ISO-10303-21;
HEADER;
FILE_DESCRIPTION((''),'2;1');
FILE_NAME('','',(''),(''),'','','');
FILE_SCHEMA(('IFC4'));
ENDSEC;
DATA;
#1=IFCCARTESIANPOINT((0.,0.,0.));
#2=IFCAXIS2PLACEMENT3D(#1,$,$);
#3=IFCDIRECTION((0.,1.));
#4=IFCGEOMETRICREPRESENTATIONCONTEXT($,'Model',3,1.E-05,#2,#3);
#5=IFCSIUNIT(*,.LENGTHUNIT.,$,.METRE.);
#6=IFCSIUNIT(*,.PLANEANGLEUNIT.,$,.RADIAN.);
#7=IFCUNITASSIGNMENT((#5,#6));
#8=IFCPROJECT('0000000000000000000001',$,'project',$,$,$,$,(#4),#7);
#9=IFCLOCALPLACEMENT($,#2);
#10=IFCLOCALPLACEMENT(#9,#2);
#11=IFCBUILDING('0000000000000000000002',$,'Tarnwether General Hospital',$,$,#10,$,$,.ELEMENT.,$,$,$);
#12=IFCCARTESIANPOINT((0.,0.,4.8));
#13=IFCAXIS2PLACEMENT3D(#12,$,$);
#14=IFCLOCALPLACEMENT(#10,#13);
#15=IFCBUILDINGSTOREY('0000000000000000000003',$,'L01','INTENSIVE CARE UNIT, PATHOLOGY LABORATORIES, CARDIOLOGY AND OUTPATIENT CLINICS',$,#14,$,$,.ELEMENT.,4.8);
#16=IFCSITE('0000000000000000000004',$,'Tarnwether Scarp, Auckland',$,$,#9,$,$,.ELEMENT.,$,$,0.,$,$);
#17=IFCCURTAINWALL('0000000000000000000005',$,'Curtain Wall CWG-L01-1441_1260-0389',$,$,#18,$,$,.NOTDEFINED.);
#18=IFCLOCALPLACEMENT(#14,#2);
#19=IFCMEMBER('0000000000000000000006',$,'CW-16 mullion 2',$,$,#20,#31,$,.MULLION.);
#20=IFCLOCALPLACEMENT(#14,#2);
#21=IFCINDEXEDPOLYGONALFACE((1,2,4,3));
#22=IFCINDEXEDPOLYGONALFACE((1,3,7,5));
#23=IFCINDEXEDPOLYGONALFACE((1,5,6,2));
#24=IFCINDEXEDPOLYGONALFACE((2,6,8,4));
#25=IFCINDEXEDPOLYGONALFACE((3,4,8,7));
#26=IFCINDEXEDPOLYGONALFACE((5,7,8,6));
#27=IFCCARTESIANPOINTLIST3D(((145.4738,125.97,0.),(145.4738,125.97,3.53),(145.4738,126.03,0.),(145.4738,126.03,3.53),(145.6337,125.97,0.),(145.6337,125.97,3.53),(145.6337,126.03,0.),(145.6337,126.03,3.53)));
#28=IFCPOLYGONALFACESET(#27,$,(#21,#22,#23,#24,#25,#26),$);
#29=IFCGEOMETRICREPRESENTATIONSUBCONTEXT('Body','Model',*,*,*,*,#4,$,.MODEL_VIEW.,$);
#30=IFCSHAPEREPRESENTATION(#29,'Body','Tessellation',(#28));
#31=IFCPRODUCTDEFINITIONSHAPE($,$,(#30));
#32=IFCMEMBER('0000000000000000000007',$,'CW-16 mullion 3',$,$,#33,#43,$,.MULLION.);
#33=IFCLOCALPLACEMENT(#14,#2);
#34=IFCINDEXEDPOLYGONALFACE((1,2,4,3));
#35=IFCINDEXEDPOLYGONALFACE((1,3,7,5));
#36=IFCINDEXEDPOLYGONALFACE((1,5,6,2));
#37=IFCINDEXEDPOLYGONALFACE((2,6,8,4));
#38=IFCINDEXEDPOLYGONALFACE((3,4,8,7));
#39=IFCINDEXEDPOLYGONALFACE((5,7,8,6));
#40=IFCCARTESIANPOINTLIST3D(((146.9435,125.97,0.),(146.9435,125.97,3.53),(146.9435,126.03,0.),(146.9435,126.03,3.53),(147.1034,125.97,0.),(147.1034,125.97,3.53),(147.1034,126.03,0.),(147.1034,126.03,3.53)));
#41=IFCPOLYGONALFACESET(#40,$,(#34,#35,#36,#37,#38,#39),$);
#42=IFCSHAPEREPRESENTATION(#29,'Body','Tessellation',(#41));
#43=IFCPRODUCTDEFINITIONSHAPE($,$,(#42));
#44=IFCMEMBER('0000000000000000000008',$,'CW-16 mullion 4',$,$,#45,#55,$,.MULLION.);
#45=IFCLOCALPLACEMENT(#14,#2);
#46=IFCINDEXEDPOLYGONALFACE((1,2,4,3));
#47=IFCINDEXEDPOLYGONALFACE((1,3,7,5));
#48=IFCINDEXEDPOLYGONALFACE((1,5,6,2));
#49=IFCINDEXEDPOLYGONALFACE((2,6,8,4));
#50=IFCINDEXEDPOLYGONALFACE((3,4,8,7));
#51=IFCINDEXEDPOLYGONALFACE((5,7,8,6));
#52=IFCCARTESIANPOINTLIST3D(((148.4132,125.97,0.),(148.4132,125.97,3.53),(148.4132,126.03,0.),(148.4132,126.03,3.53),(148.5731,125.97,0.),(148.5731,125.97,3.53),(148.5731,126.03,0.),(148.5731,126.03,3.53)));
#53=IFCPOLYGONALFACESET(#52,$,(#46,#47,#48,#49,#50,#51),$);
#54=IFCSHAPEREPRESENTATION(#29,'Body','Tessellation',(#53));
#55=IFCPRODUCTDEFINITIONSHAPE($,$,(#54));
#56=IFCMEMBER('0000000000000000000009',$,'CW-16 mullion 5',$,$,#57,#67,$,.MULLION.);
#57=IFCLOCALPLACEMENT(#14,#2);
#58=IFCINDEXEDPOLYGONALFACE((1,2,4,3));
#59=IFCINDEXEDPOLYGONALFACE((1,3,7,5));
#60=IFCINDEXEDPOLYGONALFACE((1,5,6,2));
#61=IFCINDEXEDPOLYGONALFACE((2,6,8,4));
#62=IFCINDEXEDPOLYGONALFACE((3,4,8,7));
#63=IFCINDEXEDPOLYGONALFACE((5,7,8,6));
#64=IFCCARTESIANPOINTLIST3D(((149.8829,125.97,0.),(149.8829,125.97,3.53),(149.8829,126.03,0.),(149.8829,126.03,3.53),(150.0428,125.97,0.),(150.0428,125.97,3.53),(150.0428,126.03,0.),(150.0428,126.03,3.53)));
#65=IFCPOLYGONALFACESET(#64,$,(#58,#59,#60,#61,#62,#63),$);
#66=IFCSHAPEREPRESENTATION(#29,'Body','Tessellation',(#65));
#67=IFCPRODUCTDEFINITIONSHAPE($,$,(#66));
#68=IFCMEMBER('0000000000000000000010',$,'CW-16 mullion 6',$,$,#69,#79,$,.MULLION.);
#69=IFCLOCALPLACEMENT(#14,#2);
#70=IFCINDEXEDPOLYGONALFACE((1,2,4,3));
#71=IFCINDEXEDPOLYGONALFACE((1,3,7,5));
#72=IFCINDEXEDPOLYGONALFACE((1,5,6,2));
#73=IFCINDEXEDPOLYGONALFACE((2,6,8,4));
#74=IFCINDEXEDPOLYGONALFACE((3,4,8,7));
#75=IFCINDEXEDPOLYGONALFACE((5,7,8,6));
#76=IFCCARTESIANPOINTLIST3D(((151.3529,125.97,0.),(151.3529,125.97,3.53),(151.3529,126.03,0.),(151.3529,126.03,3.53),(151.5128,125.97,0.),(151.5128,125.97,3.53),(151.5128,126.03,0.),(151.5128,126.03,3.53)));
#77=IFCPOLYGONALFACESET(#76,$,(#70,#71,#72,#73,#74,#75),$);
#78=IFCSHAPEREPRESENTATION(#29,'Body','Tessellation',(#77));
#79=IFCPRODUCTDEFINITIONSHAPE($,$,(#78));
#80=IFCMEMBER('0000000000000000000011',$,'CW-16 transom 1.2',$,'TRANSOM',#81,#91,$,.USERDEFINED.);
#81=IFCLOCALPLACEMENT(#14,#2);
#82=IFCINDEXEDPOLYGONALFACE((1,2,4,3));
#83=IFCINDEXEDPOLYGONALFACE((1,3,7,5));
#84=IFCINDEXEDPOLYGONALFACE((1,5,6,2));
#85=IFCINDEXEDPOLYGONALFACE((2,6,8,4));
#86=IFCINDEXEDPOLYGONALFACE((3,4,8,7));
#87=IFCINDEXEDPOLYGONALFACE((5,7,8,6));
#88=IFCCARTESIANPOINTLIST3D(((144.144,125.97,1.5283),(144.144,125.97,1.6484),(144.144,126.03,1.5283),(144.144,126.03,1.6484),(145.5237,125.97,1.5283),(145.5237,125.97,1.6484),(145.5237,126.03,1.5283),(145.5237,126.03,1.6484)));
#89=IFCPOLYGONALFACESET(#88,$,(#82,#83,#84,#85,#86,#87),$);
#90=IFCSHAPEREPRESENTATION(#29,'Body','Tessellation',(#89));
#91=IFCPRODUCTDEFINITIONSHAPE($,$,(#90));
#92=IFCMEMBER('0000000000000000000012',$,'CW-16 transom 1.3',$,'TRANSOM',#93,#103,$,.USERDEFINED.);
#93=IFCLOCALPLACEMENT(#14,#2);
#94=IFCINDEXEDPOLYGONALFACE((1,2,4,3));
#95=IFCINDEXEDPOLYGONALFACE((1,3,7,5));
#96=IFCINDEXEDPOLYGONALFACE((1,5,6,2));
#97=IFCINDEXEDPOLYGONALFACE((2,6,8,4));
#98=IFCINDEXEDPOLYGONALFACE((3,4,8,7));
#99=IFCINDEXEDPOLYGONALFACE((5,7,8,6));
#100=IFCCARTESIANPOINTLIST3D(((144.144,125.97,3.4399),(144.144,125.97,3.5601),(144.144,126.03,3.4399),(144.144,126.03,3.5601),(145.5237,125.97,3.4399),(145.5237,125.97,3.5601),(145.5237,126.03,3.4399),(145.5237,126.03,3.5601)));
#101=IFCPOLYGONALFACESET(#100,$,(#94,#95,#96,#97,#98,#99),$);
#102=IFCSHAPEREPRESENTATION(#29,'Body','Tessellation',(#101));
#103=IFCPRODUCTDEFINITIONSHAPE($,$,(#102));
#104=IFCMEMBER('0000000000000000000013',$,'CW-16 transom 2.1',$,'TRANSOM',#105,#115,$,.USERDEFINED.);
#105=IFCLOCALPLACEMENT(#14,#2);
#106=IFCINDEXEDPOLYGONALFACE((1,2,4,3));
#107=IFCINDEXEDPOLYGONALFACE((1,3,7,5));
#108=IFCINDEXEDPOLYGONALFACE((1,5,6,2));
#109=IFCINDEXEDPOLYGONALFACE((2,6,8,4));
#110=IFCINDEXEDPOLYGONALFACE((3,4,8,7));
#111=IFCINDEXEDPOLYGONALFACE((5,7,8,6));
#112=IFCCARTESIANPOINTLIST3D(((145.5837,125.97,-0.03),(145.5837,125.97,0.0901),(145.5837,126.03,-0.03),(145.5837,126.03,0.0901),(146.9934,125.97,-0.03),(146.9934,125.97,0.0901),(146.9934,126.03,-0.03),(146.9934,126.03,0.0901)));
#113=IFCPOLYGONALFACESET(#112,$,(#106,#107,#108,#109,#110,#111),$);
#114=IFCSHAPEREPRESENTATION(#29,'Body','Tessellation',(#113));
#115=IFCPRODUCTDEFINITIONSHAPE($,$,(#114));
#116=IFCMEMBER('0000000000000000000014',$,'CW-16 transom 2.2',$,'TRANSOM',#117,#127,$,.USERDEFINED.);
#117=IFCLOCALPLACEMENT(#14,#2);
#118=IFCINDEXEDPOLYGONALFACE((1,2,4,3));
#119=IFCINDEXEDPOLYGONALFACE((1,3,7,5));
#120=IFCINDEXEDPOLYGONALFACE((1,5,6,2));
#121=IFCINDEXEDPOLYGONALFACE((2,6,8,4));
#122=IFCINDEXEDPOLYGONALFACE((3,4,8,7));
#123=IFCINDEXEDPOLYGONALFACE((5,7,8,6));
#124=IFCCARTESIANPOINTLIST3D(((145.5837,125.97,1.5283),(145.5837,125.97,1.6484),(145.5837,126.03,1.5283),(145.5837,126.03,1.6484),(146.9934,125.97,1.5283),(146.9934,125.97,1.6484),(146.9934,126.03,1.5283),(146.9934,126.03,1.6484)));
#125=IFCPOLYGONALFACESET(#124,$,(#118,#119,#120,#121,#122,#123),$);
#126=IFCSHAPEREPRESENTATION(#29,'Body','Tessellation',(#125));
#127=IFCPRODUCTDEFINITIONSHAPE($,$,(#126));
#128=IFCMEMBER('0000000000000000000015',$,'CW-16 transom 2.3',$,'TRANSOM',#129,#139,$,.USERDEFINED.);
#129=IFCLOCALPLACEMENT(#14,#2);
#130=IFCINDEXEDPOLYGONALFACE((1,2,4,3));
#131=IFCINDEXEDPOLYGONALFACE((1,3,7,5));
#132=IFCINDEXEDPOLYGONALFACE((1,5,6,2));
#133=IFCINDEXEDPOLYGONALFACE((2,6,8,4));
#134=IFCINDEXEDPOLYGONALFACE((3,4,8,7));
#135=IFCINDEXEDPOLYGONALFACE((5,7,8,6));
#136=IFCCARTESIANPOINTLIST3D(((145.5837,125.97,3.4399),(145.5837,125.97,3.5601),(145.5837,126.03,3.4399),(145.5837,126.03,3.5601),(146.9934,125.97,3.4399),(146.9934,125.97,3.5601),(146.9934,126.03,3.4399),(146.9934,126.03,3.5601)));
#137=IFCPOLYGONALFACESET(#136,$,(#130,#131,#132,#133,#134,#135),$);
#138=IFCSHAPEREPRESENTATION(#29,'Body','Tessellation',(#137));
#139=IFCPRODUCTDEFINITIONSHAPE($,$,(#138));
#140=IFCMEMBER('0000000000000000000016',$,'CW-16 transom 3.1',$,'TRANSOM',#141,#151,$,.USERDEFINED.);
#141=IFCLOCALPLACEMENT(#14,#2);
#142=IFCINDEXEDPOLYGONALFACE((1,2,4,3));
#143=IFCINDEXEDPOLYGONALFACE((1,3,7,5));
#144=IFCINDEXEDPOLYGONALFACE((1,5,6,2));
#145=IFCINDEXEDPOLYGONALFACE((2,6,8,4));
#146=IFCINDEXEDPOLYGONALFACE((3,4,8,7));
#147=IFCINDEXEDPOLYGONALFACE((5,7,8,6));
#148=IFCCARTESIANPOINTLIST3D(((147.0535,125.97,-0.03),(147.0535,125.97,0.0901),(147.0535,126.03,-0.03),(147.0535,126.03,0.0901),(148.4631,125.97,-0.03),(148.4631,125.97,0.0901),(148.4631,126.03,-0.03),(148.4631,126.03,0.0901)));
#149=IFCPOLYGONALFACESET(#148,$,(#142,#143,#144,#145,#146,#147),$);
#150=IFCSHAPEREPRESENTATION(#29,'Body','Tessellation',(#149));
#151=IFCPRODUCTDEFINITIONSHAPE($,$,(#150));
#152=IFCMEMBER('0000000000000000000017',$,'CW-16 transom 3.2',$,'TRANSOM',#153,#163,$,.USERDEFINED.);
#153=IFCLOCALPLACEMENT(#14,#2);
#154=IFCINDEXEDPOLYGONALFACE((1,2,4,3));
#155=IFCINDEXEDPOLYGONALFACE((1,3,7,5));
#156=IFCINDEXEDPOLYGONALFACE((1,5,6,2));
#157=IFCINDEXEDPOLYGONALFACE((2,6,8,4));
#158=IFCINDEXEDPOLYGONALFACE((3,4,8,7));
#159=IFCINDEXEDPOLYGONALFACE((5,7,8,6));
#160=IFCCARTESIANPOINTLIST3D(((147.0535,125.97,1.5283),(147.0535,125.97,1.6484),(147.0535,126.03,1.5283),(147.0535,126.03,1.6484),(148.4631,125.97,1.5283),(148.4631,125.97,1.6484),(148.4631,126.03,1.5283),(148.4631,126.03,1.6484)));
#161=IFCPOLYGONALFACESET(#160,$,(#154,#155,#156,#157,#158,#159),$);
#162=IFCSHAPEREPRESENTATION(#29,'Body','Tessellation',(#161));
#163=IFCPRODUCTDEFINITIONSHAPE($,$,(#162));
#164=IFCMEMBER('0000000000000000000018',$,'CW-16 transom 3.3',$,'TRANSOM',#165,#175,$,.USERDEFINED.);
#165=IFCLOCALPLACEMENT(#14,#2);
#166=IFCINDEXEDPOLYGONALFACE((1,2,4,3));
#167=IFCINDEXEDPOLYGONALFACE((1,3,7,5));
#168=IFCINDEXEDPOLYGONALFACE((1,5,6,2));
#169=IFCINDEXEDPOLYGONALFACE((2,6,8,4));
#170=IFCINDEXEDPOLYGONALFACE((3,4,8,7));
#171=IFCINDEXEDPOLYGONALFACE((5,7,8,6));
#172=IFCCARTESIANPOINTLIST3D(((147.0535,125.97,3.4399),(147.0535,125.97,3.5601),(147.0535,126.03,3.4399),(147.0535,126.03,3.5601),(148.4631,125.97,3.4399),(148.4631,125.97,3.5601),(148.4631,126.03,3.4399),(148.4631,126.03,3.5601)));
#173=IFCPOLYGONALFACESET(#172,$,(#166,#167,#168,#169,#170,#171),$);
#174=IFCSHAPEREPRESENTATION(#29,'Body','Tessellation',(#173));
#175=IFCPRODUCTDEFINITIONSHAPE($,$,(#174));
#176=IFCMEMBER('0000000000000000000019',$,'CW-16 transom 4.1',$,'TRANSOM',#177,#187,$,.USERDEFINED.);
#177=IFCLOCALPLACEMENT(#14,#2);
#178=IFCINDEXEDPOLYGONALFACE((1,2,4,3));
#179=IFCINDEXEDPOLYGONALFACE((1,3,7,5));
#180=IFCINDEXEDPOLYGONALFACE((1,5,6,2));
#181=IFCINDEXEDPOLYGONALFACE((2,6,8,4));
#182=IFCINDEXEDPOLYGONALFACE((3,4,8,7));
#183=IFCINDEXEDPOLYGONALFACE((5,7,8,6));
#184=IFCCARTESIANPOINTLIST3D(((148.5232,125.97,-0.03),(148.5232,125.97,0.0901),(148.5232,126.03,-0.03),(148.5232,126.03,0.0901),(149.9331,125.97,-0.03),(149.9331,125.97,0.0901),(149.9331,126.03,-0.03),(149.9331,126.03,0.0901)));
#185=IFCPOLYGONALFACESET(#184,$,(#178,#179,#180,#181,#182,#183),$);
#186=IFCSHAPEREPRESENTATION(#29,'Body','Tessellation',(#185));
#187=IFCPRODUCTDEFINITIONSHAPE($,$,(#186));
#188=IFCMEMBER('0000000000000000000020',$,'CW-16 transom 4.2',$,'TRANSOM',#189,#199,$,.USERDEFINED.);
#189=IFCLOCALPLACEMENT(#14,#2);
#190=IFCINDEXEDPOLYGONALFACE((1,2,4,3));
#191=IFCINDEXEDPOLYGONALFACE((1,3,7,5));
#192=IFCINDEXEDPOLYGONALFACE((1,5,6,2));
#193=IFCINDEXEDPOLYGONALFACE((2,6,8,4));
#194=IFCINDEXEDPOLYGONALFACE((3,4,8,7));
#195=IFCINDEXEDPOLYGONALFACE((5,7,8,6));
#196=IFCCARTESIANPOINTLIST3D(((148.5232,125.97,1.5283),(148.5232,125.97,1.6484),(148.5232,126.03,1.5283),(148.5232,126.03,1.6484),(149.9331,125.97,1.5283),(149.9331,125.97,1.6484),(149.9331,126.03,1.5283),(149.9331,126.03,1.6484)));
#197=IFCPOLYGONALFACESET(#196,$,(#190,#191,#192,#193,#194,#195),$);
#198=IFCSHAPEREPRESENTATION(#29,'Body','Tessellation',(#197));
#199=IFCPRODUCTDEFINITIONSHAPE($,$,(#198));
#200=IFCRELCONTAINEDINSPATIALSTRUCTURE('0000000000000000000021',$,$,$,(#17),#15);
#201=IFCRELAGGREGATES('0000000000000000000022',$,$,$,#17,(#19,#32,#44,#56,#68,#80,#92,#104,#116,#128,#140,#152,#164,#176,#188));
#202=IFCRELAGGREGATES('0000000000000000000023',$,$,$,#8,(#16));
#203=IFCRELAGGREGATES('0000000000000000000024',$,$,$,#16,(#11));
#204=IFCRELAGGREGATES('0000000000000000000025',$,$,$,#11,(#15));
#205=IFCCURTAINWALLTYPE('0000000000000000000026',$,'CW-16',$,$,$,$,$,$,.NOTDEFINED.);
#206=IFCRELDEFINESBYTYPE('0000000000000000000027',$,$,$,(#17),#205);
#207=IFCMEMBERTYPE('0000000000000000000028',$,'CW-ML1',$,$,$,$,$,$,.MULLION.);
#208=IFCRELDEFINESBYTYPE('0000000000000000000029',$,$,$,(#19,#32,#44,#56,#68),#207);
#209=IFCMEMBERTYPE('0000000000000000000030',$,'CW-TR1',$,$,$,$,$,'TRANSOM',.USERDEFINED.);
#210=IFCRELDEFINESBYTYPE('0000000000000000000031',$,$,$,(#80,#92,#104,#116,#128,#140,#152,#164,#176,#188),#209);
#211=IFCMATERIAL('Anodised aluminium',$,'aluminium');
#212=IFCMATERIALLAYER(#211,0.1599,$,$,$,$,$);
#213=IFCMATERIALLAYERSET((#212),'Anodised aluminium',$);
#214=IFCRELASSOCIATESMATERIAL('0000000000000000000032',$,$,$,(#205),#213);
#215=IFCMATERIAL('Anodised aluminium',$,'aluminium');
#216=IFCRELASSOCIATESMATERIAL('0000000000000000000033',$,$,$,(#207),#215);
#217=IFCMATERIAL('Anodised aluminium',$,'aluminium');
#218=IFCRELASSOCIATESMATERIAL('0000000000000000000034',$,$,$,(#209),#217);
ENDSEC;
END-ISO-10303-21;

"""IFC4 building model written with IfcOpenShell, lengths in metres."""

from ifc_helpers import new_model, si_unit, direction, frame, origin, origin_2d, place, context, subcontext, project, spatial, rectangle, extrude, material, layer, layer_set, material_profile, profile_set, type_object, element, aggregate, save


model = new_model("IFC4")

# Units and contexts
model_context = context("Model", 3, precision=1e-05, world=origin(), true_north=direction((0.0, 1.0)))
body_context = subcontext(model_context, "Body", "Model", "MODEL_VIEW")
ifc_project = project(units=[si_unit("LENGTHUNIT", "METRE"), si_unit("PLANEANGLEUNIT", "RADIAN")], contexts=[model_context])

# Site, building, storey
site_placement = place(None, origin())
site = spatial("IfcSite", under=ifc_project, at=site_placement, Name="Tarnwether Scarp, Auckland", CompositionType="ELEMENT", RefElevation=0.0)
building_placement = place(site_placement, origin())
building = spatial("IfcBuilding", under=site, at=building_placement, Name="Tarnwether General Hospital", CompositionType="ELEMENT")
storey_placement = place(building_placement, frame((0.0, 0.0, 4.8)))
storey = spatial("IfcBuildingStorey", under=building, at=storey_placement, Name="L01", Description="INTENSIVE CARE UNIT, PATHOLOGY LABORATORIES, CARDIOLOGY AND OUTPATIENT CLINICS", CompositionType="ELEMENT", Elevation=4.8)

# Curtain wall, members
ifc_material_1 = material(Name="Anodised aluminium", Category="aluminium")
ifc_layer_1 = layer(ifc_material_1, 0.1599)
ifc_layer_set_1 = layer_set([ifc_layer_1], Name="Anodised aluminium")
curtain_wall_type = type_object("IfcCurtainWallType", Name="CW-16", PredefinedType="NOTDEFINED", material=ifc_layer_set_1)
curtain_wall_placement = place(storey_placement, origin())
curtain_wall = element("IfcCurtainWall", 1, at=curtain_wall_placement, inside=storey, type_object=curtain_wall_type, Name="Curtain Wall CWG-L01-1441_1260-0389", PredefinedType="NOTDEFINED")
ifc_material_2 = material(Name="Anodised aluminium", Category="aluminium")
ifc_material_profile_1 = material_profile(ifc_material_2, rectangle(XDim=0.0601, YDim=0.1599, at=origin_2d()), Name="ALU-MUL-60x160")
ifc_profile_set_1 = profile_set([ifc_material_profile_1], Name="Anodised aluminium")
member_type_1 = type_object("IfcMemberType", Name="CW-ML1", PredefinedType="MULLION", material=ifc_profile_set_1)
member_1_placement = place(storey_placement, frame((145.5537, 126.0, 0.0), z_axis=(0.0, 0.0, 1.0), x_axis=(0.0, 1.0, 0.0)))
member_1 = element("IfcMember", 2, at=member_1_placement, type_object=member_type_1, Name="CW-16 mullion 2", PredefinedType="MULLION", context=body_context, shape_type="SweptSolid", body=[
    extrude(rectangle(XDim=0.0601, YDim=0.1599, at=origin_2d()), origin(), (0.0, 0.0, 1.0), 3.53),
])
member_2_placement = place(storey_placement, frame((147.0234, 126.0, 0.0), z_axis=(0.0, 0.0, 1.0), x_axis=(0.0, 1.0, 0.0)))
member_2 = element("IfcMember", 3, at=member_2_placement, type_object=member_type_1, Name="CW-16 mullion 3", PredefinedType="MULLION", context=body_context, shape_type="SweptSolid", body=[
    extrude(rectangle(XDim=0.0601, YDim=0.1599, at=origin_2d()), origin(), (0.0, 0.0, 1.0), 3.53),
])
member_3_placement = place(storey_placement, frame((148.4932, 126.0, 0.0), z_axis=(0.0, 0.0, 1.0), x_axis=(0.0, 1.0, 0.0)))
member_3 = element("IfcMember", 4, at=member_3_placement, type_object=member_type_1, Name="CW-16 mullion 4", PredefinedType="MULLION", context=body_context, shape_type="SweptSolid", body=[
    extrude(rectangle(XDim=0.0601, YDim=0.1599, at=origin_2d()), origin(), (0.0, 0.0, 1.0), 3.53),
])
member_4_placement = place(storey_placement, frame((149.9629, 126.0, 0.0), z_axis=(0.0, 0.0, 1.0), x_axis=(0.0, 1.0, 0.0)))
member_4 = element("IfcMember", 5, at=member_4_placement, type_object=member_type_1, Name="CW-16 mullion 5", PredefinedType="MULLION", context=body_context, shape_type="SweptSolid", body=[
    extrude(rectangle(XDim=0.0601, YDim=0.1599, at=origin_2d()), origin(), (0.0, 0.0, 1.0), 3.53),
])
member_5_placement = place(storey_placement, frame((151.4329, 126.0, 0.0), z_axis=(0.0, 0.0, 1.0), x_axis=(0.0, 1.0, 0.0)))
member_5 = element("IfcMember", 6, at=member_5_placement, type_object=member_type_1, Name="CW-16 mullion 6", PredefinedType="MULLION", context=body_context, shape_type="SweptSolid", body=[
    extrude(rectangle(XDim=0.0601, YDim=0.1599, at=origin_2d()), origin(), (0.0, 0.0, 1.0), 3.53),
])
ifc_material_3 = material(Name="Anodised aluminium", Category="aluminium")
ifc_material_profile_2 = material_profile(ifc_material_3, rectangle(XDim=0.0601, YDim=0.1201, at=origin_2d()), Name="ALU-TRN-60x120")
ifc_profile_set_2 = profile_set([ifc_material_profile_2], Name="Anodised aluminium")
member_type_2 = type_object("IfcMemberType", Name="CW-TR1", ElementType="TRANSOM", PredefinedType="USERDEFINED", material=ifc_profile_set_2)
member_6_placement = place(storey_placement, frame((144.144, 126.0, 1.5884), z_axis=(1.0, 0.0, 0.0), x_axis=(0.0, 1.0, 0.0)))
member_6 = element("IfcMember", 7, at=member_6_placement, type_object=member_type_2, Name="CW-16 transom 1.2", ObjectType="TRANSOM", PredefinedType="USERDEFINED", context=body_context, shape_type="SweptSolid", body=[
    extrude(rectangle(XDim=0.0601, YDim=0.1201, at=origin_2d()), origin(), (0.0, 0.0, 1.0), 1.3796),
])
member_7_placement = place(storey_placement, frame((144.144, 126.0, 3.5), z_axis=(1.0, 0.0, 0.0), x_axis=(0.0, 1.0, 0.0)))
member_7 = element("IfcMember", 8, at=member_7_placement, type_object=member_type_2, Name="CW-16 transom 1.3", ObjectType="TRANSOM", PredefinedType="USERDEFINED", context=body_context, shape_type="SweptSolid", body=[
    extrude(rectangle(XDim=0.0601, YDim=0.1201, at=origin_2d()), origin(), (0.0, 0.0, 1.0), 1.3796),
])
member_8_placement = place(storey_placement, frame((145.5837, 126.0, 0.03), z_axis=(1.0, 0.0, 0.0), x_axis=(0.0, 1.0, 0.0)))
member_8 = element("IfcMember", 9, at=member_8_placement, type_object=member_type_2, Name="CW-16 transom 2.1", ObjectType="TRANSOM", PredefinedType="USERDEFINED", context=body_context, shape_type="SweptSolid", body=[
    extrude(rectangle(XDim=0.0601, YDim=0.1201, at=origin_2d()), origin(), (0.0, 0.0, 1.0), 1.4097),
])
member_9_placement = place(storey_placement, frame((145.5837, 126.0, 1.5884), z_axis=(1.0, 0.0, 0.0), x_axis=(0.0, 1.0, 0.0)))
member_9 = element("IfcMember", 10, at=member_9_placement, type_object=member_type_2, Name="CW-16 transom 2.2", ObjectType="TRANSOM", PredefinedType="USERDEFINED", context=body_context, shape_type="SweptSolid", body=[
    extrude(rectangle(XDim=0.0601, YDim=0.1201, at=origin_2d()), origin(), (0.0, 0.0, 1.0), 1.4097),
])
member_10_placement = place(storey_placement, frame((145.5837, 126.0, 3.5), z_axis=(1.0, 0.0, 0.0), x_axis=(0.0, 1.0, 0.0)))
member_10 = element("IfcMember", 11, at=member_10_placement, type_object=member_type_2, Name="CW-16 transom 2.3", ObjectType="TRANSOM", PredefinedType="USERDEFINED", context=body_context, shape_type="SweptSolid", body=[
    extrude(rectangle(XDim=0.0601, YDim=0.1201, at=origin_2d()), origin(), (0.0, 0.0, 1.0), 1.4097),
])
member_11_placement = place(storey_placement, frame((147.0535, 126.0, 0.03), z_axis=(1.0, 0.0, 0.0), x_axis=(0.0, 1.0, 0.0)))
member_11 = element("IfcMember", 12, at=member_11_placement, type_object=member_type_2, Name="CW-16 transom 3.1", ObjectType="TRANSOM", PredefinedType="USERDEFINED", context=body_context, shape_type="SweptSolid", body=[
    extrude(rectangle(XDim=0.0601, YDim=0.1201, at=origin_2d()), origin(), (0.0, 0.0, 1.0), 1.4097),
])
member_12_placement = place(storey_placement, frame((147.0535, 126.0, 1.5884), z_axis=(1.0, 0.0, 0.0), x_axis=(0.0, 1.0, 0.0)))
member_12 = element("IfcMember", 13, at=member_12_placement, type_object=member_type_2, Name="CW-16 transom 3.2", ObjectType="TRANSOM", PredefinedType="USERDEFINED", context=body_context, shape_type="SweptSolid", body=[
    extrude(rectangle(XDim=0.0601, YDim=0.1201, at=origin_2d()), origin(), (0.0, 0.0, 1.0), 1.4097),
])
member_13_placement = place(storey_placement, frame((147.0535, 126.0, 3.5), z_axis=(1.0, 0.0, 0.0), x_axis=(0.0, 1.0, 0.0)))
member_13 = element("IfcMember", 14, at=member_13_placement, type_object=member_type_2, Name="CW-16 transom 3.3", ObjectType="TRANSOM", PredefinedType="USERDEFINED", context=body_context, shape_type="SweptSolid", body=[
    extrude(rectangle(XDim=0.0601, YDim=0.1201, at=origin_2d()), origin(), (0.0, 0.0, 1.0), 1.4097),
])
member_14_placement = place(storey_placement, frame((148.5232, 126.0, 0.03), z_axis=(1.0, 0.0, 0.0), x_axis=(0.0, 1.0, 0.0)))
member_14 = element("IfcMember", 15, at=member_14_placement, type_object=member_type_2, Name="CW-16 transom 4.1", ObjectType="TRANSOM", PredefinedType="USERDEFINED", context=body_context, shape_type="SweptSolid", body=[
    extrude(rectangle(XDim=0.0601, YDim=0.1201, at=origin_2d()), origin(), (0.0, 0.0, 1.0), 1.4099),
])
member_15_placement = place(storey_placement, frame((148.5232, 126.0, 1.5884), z_axis=(1.0, 0.0, 0.0), x_axis=(0.0, 1.0, 0.0)))
member_15 = element("IfcMember", 16, at=member_15_placement, type_object=member_type_2, Name="CW-16 transom 4.2", ObjectType="TRANSOM", PredefinedType="USERDEFINED", context=body_context, shape_type="SweptSolid", body=[
    extrude(rectangle(XDim=0.0601, YDim=0.1201, at=origin_2d()), origin(), (0.0, 0.0, 1.0), 1.4099),
])
aggregate(curtain_wall, [member_1, member_2, member_3, member_4, member_5, member_6, member_7, member_8, member_9, member_10, member_11, member_12, member_13, member_14, member_15])

save(model, "model.ifc")
